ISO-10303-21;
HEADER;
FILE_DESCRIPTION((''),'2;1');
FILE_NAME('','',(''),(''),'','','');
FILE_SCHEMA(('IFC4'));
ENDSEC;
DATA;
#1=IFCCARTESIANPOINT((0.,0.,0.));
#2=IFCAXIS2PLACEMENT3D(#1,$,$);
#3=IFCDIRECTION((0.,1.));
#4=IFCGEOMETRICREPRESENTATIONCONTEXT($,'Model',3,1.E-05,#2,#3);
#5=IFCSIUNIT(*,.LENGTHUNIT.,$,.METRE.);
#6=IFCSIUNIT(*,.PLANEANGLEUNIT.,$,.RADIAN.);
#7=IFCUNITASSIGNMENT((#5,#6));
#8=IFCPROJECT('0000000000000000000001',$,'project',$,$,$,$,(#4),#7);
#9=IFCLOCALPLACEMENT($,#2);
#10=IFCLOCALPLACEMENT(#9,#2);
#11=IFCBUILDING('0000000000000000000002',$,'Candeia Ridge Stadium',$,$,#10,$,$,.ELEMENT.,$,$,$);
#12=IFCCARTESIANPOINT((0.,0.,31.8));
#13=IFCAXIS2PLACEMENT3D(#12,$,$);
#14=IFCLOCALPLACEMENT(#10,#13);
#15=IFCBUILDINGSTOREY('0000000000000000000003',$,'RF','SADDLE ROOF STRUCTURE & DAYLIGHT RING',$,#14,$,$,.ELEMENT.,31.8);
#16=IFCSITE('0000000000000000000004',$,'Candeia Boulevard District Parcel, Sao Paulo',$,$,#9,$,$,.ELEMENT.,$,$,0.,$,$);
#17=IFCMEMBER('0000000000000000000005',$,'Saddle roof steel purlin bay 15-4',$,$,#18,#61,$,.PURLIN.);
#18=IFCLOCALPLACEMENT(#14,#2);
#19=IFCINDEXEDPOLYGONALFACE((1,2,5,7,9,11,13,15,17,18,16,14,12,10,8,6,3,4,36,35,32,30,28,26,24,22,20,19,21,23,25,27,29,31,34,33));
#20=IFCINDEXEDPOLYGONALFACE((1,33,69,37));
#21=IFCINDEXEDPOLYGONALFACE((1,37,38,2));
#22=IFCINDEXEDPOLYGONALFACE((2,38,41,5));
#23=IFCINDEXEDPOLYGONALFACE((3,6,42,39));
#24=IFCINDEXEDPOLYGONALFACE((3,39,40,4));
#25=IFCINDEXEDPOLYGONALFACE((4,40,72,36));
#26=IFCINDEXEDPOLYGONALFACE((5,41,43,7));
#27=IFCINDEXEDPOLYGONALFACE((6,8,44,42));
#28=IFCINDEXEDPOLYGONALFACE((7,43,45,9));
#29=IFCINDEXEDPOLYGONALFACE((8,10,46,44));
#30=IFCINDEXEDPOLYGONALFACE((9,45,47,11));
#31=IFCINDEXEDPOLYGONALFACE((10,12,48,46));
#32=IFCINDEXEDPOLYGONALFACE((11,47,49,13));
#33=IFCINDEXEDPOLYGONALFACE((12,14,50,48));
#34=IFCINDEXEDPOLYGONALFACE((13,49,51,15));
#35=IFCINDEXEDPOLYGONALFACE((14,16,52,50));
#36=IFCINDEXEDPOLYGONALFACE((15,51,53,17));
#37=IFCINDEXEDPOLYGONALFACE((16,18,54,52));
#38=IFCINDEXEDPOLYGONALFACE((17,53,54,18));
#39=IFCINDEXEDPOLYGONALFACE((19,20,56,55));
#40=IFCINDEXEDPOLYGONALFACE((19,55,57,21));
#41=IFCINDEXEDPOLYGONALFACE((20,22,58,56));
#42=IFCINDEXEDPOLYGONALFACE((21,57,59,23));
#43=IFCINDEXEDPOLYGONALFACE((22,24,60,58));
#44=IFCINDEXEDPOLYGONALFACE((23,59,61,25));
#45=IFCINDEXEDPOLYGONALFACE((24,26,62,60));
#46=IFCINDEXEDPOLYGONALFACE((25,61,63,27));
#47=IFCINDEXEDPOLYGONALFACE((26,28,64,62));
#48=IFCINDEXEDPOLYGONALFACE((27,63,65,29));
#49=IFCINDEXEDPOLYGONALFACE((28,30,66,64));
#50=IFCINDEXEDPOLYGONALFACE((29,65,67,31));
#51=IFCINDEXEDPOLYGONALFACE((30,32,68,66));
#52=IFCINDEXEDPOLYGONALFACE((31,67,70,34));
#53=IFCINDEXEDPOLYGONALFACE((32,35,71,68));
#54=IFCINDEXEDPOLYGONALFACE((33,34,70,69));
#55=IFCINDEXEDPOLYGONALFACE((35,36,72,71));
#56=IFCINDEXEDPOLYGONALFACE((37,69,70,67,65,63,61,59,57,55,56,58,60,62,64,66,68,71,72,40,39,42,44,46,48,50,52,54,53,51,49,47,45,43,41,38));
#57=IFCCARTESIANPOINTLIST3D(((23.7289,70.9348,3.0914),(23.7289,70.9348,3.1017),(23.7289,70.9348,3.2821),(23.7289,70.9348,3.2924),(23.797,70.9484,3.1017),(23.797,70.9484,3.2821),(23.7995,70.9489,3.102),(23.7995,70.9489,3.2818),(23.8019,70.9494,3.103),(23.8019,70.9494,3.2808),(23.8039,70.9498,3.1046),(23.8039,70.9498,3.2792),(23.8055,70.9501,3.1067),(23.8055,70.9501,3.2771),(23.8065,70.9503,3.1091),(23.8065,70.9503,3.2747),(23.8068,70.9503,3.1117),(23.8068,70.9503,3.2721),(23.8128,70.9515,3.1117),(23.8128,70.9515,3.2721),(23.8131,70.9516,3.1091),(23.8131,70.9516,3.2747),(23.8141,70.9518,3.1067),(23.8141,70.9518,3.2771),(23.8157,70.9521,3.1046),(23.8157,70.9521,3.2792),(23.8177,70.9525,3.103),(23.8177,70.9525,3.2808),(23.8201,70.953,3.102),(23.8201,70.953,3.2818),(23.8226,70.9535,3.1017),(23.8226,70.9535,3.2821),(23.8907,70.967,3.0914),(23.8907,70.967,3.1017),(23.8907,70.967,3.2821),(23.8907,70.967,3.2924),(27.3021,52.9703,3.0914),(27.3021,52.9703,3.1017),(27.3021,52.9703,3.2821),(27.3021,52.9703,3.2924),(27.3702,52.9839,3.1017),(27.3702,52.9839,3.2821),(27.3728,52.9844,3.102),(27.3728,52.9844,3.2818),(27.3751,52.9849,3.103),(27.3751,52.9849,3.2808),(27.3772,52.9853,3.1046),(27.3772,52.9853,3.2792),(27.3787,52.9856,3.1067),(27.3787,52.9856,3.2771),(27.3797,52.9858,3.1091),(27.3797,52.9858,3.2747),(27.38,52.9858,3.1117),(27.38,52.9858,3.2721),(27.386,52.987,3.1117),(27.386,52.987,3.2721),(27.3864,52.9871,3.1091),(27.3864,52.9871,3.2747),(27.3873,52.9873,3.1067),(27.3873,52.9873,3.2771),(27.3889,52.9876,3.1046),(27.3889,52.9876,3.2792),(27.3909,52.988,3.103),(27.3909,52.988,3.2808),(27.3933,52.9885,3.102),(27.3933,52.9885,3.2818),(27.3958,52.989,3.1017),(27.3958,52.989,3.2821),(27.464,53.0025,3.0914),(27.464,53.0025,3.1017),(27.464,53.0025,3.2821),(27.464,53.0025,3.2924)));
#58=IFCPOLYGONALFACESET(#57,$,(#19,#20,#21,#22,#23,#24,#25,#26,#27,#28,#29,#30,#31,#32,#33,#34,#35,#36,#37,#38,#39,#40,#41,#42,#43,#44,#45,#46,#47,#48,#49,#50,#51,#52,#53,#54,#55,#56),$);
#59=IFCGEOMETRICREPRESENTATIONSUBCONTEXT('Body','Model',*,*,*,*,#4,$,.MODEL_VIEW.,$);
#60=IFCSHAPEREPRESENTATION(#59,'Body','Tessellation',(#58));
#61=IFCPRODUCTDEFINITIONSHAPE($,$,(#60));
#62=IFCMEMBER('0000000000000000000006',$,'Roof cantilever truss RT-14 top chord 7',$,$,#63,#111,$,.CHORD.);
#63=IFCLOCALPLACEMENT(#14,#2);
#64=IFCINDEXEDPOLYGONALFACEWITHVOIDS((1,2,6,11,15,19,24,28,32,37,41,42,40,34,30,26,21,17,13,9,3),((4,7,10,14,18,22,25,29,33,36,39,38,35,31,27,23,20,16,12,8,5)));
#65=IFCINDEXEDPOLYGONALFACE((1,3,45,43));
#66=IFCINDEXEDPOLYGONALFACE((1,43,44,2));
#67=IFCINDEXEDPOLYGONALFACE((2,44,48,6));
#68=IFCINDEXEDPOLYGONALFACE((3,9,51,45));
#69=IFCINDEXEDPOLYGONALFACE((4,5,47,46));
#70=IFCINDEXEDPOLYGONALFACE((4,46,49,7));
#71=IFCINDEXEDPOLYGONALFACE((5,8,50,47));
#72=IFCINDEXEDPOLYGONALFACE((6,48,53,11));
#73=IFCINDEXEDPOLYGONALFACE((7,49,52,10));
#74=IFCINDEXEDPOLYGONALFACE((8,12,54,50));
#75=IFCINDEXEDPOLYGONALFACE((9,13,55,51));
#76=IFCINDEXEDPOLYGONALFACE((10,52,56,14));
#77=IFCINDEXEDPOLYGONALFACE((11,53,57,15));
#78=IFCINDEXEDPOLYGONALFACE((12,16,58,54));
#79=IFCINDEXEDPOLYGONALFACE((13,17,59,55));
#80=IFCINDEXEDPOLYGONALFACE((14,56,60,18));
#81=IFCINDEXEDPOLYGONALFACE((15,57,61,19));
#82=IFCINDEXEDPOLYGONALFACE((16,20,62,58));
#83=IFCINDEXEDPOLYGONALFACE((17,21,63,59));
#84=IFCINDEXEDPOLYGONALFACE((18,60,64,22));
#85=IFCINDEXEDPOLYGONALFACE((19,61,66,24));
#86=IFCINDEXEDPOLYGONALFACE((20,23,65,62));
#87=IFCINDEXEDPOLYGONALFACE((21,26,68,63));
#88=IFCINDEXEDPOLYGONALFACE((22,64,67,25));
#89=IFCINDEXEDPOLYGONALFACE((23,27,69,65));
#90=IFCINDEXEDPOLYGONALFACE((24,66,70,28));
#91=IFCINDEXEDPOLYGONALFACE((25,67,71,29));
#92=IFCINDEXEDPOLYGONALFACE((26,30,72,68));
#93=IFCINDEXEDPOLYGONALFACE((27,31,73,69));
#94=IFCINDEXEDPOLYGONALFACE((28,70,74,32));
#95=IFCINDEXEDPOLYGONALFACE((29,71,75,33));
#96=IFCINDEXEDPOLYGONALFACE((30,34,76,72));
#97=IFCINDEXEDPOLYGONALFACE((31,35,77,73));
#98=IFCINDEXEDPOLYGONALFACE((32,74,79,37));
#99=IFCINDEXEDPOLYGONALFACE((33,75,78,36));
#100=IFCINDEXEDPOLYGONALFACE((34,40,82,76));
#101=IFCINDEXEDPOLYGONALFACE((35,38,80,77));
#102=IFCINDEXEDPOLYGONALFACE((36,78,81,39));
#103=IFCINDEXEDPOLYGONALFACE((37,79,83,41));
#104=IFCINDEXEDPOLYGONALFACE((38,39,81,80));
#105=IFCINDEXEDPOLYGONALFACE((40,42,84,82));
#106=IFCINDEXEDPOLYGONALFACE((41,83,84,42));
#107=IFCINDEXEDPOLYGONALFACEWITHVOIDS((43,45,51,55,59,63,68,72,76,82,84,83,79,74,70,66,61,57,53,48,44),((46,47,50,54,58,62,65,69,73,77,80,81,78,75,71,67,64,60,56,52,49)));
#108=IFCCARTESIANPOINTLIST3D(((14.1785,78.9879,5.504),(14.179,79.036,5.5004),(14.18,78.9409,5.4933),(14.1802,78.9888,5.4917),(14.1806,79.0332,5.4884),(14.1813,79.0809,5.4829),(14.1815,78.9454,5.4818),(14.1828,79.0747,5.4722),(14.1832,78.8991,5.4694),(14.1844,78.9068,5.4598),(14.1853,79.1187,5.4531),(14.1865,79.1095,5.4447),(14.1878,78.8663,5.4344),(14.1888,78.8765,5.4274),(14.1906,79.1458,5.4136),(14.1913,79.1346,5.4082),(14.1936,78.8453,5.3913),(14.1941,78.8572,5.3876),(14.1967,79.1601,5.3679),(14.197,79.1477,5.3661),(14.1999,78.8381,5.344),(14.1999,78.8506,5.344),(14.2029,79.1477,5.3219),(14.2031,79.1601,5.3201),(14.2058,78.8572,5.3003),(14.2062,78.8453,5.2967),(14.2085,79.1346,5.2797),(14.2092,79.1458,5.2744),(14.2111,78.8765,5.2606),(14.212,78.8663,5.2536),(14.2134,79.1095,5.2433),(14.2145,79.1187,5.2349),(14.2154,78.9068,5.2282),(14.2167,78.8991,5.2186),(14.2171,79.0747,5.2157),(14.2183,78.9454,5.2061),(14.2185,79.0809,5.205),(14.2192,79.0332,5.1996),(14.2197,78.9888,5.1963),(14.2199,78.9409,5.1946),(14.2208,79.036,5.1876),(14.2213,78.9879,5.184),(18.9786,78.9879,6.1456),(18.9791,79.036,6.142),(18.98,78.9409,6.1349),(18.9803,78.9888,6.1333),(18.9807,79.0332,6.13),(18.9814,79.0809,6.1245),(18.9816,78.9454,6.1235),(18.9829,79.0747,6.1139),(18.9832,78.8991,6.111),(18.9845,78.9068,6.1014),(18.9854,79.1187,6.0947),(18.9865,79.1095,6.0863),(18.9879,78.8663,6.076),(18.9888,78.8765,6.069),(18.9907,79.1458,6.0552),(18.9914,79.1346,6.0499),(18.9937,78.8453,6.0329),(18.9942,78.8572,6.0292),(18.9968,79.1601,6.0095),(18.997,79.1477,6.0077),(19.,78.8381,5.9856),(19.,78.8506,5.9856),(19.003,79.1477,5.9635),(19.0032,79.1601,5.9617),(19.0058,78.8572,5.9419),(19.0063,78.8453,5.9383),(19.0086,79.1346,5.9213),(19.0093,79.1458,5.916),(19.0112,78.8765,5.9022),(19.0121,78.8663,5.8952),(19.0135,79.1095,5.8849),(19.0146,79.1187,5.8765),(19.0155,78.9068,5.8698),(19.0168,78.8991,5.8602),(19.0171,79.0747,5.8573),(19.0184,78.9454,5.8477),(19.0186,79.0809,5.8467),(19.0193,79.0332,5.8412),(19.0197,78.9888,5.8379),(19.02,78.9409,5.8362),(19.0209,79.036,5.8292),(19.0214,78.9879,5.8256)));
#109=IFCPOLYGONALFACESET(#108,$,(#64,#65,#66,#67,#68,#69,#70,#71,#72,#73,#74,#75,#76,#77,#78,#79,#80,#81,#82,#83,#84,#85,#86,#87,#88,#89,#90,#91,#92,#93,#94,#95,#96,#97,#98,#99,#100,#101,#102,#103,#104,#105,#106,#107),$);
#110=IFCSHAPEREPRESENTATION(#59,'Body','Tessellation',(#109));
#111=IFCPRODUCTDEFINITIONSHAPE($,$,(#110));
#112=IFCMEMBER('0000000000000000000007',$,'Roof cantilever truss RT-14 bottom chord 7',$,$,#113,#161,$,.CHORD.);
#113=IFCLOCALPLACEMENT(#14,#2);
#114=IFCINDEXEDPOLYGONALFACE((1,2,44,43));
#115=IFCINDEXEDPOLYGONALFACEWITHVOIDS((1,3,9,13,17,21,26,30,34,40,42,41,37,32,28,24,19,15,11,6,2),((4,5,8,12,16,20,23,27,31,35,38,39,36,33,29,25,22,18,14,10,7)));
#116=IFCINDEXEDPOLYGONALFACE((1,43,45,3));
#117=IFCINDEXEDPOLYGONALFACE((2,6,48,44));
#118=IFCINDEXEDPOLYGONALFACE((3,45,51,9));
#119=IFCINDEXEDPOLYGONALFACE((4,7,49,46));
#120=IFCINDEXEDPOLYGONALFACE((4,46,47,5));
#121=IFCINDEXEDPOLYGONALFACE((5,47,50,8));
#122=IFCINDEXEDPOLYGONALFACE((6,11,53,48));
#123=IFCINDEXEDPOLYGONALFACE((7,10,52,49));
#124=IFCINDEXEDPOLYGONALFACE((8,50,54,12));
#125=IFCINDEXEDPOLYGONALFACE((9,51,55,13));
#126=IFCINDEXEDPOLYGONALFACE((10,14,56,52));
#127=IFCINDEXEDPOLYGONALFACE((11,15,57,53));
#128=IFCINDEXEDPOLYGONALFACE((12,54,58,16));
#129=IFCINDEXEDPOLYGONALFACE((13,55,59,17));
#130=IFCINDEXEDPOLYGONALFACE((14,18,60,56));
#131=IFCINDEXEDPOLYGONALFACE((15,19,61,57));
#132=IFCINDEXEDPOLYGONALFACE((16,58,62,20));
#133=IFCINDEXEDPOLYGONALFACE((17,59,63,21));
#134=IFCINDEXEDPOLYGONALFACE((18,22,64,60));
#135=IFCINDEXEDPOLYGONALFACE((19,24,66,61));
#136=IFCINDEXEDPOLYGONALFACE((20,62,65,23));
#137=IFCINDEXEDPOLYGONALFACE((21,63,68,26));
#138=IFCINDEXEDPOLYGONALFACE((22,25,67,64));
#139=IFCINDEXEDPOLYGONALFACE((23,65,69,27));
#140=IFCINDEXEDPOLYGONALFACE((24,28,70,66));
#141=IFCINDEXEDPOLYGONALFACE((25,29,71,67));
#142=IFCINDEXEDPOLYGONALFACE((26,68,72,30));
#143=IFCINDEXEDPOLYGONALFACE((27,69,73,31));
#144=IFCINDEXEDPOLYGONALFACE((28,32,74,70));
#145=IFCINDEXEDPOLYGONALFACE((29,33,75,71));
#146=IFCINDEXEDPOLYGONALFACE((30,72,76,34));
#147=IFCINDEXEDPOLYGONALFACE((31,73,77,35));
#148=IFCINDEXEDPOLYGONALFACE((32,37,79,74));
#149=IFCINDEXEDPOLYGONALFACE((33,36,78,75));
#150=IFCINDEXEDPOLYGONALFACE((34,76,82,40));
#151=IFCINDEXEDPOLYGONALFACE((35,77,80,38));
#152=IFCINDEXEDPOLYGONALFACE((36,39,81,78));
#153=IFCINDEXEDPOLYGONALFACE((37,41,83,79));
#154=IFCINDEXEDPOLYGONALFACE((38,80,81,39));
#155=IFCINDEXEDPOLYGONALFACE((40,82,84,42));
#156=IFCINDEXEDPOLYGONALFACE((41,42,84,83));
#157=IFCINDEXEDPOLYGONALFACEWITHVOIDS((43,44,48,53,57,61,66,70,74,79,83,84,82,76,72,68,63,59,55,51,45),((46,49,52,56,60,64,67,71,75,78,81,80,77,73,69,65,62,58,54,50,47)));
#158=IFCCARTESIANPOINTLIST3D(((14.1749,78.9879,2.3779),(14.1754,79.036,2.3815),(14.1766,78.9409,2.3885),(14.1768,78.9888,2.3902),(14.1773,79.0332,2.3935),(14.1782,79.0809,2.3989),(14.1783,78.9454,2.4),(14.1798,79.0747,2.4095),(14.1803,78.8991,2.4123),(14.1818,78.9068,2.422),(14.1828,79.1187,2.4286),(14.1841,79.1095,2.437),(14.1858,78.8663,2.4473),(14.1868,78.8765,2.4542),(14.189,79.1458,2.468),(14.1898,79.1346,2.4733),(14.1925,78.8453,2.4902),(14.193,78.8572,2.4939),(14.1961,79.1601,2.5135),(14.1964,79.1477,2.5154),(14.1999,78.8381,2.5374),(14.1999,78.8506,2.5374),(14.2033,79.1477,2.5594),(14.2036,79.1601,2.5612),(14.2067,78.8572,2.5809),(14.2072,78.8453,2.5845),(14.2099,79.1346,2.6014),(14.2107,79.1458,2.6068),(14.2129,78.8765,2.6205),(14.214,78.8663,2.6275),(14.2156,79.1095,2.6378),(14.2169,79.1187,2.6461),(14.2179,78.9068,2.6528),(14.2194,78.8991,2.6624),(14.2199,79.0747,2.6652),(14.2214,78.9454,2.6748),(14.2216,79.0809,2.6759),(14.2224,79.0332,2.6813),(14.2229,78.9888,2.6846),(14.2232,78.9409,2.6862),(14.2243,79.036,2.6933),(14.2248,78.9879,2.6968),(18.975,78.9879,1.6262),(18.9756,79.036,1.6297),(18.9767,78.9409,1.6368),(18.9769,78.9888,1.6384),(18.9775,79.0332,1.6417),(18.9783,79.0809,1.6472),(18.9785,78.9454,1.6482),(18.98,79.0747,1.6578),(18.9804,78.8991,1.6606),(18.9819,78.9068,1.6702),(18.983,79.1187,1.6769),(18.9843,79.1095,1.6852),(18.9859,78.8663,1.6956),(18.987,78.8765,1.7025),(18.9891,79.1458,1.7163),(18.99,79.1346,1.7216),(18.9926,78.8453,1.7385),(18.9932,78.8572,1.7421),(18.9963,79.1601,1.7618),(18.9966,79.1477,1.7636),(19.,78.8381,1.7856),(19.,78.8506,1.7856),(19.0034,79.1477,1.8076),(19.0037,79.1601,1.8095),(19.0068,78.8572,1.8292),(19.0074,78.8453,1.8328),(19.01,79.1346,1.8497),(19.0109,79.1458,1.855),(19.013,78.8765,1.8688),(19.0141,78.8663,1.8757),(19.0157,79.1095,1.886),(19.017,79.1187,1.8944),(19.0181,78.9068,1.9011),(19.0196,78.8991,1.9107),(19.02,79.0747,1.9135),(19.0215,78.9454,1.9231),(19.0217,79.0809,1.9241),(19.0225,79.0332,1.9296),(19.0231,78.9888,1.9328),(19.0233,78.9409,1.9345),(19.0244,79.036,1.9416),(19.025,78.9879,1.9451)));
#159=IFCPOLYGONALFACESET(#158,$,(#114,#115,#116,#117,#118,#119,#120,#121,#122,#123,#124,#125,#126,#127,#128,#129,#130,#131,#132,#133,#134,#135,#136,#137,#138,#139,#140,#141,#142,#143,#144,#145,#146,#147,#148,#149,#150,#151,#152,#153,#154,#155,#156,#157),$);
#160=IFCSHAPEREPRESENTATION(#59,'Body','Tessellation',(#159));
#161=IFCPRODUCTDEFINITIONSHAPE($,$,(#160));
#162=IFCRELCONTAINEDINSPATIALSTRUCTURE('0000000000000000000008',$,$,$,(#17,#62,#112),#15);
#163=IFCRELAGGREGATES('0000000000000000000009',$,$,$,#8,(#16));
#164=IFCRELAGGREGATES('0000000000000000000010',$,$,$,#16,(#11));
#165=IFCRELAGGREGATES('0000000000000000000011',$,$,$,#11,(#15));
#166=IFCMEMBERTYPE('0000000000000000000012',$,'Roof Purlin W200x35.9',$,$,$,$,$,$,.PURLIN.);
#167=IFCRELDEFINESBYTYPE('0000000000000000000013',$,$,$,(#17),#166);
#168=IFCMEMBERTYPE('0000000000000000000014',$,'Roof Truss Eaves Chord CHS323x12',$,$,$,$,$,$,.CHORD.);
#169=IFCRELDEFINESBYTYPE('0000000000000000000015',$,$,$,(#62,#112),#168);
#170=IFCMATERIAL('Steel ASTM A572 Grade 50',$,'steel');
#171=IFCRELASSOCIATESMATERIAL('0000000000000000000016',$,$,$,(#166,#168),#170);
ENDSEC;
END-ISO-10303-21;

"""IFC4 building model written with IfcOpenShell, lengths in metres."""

from ifc_helpers import new_model, si_unit, direction, frame, origin, origin_2d, place, context, subcontext, project, spatial, hollow_circle, i_section, extrude, material, material_profile, profile_set, type_object, element, save


model = new_model("IFC4")

# Units and contexts
model_context = context("Model", 3, precision=1e-05, world=origin(), true_north=direction((0.0, 1.0)))
body_context = subcontext(model_context, "Body", "Model", "MODEL_VIEW")
ifc_project = project(units=[si_unit("LENGTHUNIT", "METRE"), si_unit("PLANEANGLEUNIT", "RADIAN")], contexts=[model_context])

# Site, building, storey
site_placement = place(None, origin())
site = spatial("IfcSite", under=ifc_project, at=site_placement, Name="Candeia Boulevard District Parcel, Sao Paulo", CompositionType="ELEMENT", RefElevation=0.0)
building_placement = place(site_placement, origin())
building = spatial("IfcBuilding", under=site, at=building_placement, Name="Candeia Ridge Stadium", CompositionType="ELEMENT")
storey_placement = place(building_placement, frame((0.0, 0.0, 31.8)))
storey = spatial("IfcBuildingStorey", under=building, at=storey_placement, Name="RF", Description="SADDLE ROOF STRUCTURE & DAYLIGHT RING", CompositionType="ELEMENT", Elevation=31.8)

# Shared definitions
ifc_material_1 = material(Name="Steel ASTM A572 Grade 50", Category="steel")

# Members
ifc_material_profile_1 = material_profile(ifc_material_1, i_section(OverallWidth=0.165, OverallDepth=0.2009, WebThickness=0.0061, FlangeThickness=0.0103, FilletRadius=0.01, at=origin_2d()), Name="W200x35.9", Category="steel")
ifc_profile_set_1 = profile_set([ifc_material_profile_1], Name="Steel ASTM A572 Grade 50")
member_type_1 = type_object("IfcMemberType", Name="Roof Purlin W200x35.9", PredefinedType="PURLIN", material=ifc_profile_set_1)
member_1_placement = place(storey_placement, frame((23.8098, 70.9509, 3.1919), z_axis=(0.195083, -0.980787, 0.0), x_axis=(0.980787, 0.195083, 0.0)))
element("IfcMember", 1, at=member_1_placement, inside=storey, type_object=member_type_1, Name="Saddle roof steel purlin bay 15-4", PredefinedType="PURLIN", context=body_context, shape_type="SweptSolid", body=[
    extrude(i_section(OverallWidth=0.165, OverallDepth=0.2009, WebThickness=0.0061, FlangeThickness=0.0103, FilletRadius=0.01, at=origin_2d()), origin(), (0.0, 0.0, 1.0), 18.3164),
])
ifc_material_profile_2 = material_profile(ifc_material_1, hollow_circle(Radius=0.1619, WallThickness=0.0125, at=origin_2d()), Name="CHS323x12", Category="steel")
ifc_profile_set_2 = profile_set([ifc_material_profile_2], Name="Steel ASTM A572 Grade 50")
member_type_2 = type_object("IfcMemberType", Name="Roof Truss Eaves Chord CHS323x12", PredefinedType="CHORD", material=ifc_profile_set_2)
member_2_placement = place(storey_placement, frame((19.0, 79.0, 5.9856), z_axis=(-0.991185, 0.0, -0.132487), x_axis=(0.0, -1.0, 0.0)))
element("IfcMember", 2, at=member_2_placement, inside=storey, type_object=member_type_2, Name="Roof cantilever truss RT-14 top chord 7", PredefinedType="CHORD", context=body_context, shape_type="SweptSolid", body=[
    extrude(hollow_circle(Radius=0.1619, WallThickness=0.0125, at=origin_2d()), origin(), (0.0, 0.0, 1.0), 4.8428),
])
member_3_placement = place(storey_placement, frame((19.0, 79.0, 1.7856), z_axis=(-0.987959, 0.0, 0.154719), x_axis=(0.0, -1.0, 0.0)))
element("IfcMember", 3, at=member_3_placement, inside=storey, type_object=member_type_2, Name="Roof cantilever truss RT-14 bottom chord 7", PredefinedType="CHORD", context=body_context, shape_type="SweptSolid", body=[
    extrude(hollow_circle(Radius=0.1619, WallThickness=0.0125, at=origin_2d()), origin(), (0.0, 0.0, 1.0), 4.8586),
])

save(model, "model.ifc")
